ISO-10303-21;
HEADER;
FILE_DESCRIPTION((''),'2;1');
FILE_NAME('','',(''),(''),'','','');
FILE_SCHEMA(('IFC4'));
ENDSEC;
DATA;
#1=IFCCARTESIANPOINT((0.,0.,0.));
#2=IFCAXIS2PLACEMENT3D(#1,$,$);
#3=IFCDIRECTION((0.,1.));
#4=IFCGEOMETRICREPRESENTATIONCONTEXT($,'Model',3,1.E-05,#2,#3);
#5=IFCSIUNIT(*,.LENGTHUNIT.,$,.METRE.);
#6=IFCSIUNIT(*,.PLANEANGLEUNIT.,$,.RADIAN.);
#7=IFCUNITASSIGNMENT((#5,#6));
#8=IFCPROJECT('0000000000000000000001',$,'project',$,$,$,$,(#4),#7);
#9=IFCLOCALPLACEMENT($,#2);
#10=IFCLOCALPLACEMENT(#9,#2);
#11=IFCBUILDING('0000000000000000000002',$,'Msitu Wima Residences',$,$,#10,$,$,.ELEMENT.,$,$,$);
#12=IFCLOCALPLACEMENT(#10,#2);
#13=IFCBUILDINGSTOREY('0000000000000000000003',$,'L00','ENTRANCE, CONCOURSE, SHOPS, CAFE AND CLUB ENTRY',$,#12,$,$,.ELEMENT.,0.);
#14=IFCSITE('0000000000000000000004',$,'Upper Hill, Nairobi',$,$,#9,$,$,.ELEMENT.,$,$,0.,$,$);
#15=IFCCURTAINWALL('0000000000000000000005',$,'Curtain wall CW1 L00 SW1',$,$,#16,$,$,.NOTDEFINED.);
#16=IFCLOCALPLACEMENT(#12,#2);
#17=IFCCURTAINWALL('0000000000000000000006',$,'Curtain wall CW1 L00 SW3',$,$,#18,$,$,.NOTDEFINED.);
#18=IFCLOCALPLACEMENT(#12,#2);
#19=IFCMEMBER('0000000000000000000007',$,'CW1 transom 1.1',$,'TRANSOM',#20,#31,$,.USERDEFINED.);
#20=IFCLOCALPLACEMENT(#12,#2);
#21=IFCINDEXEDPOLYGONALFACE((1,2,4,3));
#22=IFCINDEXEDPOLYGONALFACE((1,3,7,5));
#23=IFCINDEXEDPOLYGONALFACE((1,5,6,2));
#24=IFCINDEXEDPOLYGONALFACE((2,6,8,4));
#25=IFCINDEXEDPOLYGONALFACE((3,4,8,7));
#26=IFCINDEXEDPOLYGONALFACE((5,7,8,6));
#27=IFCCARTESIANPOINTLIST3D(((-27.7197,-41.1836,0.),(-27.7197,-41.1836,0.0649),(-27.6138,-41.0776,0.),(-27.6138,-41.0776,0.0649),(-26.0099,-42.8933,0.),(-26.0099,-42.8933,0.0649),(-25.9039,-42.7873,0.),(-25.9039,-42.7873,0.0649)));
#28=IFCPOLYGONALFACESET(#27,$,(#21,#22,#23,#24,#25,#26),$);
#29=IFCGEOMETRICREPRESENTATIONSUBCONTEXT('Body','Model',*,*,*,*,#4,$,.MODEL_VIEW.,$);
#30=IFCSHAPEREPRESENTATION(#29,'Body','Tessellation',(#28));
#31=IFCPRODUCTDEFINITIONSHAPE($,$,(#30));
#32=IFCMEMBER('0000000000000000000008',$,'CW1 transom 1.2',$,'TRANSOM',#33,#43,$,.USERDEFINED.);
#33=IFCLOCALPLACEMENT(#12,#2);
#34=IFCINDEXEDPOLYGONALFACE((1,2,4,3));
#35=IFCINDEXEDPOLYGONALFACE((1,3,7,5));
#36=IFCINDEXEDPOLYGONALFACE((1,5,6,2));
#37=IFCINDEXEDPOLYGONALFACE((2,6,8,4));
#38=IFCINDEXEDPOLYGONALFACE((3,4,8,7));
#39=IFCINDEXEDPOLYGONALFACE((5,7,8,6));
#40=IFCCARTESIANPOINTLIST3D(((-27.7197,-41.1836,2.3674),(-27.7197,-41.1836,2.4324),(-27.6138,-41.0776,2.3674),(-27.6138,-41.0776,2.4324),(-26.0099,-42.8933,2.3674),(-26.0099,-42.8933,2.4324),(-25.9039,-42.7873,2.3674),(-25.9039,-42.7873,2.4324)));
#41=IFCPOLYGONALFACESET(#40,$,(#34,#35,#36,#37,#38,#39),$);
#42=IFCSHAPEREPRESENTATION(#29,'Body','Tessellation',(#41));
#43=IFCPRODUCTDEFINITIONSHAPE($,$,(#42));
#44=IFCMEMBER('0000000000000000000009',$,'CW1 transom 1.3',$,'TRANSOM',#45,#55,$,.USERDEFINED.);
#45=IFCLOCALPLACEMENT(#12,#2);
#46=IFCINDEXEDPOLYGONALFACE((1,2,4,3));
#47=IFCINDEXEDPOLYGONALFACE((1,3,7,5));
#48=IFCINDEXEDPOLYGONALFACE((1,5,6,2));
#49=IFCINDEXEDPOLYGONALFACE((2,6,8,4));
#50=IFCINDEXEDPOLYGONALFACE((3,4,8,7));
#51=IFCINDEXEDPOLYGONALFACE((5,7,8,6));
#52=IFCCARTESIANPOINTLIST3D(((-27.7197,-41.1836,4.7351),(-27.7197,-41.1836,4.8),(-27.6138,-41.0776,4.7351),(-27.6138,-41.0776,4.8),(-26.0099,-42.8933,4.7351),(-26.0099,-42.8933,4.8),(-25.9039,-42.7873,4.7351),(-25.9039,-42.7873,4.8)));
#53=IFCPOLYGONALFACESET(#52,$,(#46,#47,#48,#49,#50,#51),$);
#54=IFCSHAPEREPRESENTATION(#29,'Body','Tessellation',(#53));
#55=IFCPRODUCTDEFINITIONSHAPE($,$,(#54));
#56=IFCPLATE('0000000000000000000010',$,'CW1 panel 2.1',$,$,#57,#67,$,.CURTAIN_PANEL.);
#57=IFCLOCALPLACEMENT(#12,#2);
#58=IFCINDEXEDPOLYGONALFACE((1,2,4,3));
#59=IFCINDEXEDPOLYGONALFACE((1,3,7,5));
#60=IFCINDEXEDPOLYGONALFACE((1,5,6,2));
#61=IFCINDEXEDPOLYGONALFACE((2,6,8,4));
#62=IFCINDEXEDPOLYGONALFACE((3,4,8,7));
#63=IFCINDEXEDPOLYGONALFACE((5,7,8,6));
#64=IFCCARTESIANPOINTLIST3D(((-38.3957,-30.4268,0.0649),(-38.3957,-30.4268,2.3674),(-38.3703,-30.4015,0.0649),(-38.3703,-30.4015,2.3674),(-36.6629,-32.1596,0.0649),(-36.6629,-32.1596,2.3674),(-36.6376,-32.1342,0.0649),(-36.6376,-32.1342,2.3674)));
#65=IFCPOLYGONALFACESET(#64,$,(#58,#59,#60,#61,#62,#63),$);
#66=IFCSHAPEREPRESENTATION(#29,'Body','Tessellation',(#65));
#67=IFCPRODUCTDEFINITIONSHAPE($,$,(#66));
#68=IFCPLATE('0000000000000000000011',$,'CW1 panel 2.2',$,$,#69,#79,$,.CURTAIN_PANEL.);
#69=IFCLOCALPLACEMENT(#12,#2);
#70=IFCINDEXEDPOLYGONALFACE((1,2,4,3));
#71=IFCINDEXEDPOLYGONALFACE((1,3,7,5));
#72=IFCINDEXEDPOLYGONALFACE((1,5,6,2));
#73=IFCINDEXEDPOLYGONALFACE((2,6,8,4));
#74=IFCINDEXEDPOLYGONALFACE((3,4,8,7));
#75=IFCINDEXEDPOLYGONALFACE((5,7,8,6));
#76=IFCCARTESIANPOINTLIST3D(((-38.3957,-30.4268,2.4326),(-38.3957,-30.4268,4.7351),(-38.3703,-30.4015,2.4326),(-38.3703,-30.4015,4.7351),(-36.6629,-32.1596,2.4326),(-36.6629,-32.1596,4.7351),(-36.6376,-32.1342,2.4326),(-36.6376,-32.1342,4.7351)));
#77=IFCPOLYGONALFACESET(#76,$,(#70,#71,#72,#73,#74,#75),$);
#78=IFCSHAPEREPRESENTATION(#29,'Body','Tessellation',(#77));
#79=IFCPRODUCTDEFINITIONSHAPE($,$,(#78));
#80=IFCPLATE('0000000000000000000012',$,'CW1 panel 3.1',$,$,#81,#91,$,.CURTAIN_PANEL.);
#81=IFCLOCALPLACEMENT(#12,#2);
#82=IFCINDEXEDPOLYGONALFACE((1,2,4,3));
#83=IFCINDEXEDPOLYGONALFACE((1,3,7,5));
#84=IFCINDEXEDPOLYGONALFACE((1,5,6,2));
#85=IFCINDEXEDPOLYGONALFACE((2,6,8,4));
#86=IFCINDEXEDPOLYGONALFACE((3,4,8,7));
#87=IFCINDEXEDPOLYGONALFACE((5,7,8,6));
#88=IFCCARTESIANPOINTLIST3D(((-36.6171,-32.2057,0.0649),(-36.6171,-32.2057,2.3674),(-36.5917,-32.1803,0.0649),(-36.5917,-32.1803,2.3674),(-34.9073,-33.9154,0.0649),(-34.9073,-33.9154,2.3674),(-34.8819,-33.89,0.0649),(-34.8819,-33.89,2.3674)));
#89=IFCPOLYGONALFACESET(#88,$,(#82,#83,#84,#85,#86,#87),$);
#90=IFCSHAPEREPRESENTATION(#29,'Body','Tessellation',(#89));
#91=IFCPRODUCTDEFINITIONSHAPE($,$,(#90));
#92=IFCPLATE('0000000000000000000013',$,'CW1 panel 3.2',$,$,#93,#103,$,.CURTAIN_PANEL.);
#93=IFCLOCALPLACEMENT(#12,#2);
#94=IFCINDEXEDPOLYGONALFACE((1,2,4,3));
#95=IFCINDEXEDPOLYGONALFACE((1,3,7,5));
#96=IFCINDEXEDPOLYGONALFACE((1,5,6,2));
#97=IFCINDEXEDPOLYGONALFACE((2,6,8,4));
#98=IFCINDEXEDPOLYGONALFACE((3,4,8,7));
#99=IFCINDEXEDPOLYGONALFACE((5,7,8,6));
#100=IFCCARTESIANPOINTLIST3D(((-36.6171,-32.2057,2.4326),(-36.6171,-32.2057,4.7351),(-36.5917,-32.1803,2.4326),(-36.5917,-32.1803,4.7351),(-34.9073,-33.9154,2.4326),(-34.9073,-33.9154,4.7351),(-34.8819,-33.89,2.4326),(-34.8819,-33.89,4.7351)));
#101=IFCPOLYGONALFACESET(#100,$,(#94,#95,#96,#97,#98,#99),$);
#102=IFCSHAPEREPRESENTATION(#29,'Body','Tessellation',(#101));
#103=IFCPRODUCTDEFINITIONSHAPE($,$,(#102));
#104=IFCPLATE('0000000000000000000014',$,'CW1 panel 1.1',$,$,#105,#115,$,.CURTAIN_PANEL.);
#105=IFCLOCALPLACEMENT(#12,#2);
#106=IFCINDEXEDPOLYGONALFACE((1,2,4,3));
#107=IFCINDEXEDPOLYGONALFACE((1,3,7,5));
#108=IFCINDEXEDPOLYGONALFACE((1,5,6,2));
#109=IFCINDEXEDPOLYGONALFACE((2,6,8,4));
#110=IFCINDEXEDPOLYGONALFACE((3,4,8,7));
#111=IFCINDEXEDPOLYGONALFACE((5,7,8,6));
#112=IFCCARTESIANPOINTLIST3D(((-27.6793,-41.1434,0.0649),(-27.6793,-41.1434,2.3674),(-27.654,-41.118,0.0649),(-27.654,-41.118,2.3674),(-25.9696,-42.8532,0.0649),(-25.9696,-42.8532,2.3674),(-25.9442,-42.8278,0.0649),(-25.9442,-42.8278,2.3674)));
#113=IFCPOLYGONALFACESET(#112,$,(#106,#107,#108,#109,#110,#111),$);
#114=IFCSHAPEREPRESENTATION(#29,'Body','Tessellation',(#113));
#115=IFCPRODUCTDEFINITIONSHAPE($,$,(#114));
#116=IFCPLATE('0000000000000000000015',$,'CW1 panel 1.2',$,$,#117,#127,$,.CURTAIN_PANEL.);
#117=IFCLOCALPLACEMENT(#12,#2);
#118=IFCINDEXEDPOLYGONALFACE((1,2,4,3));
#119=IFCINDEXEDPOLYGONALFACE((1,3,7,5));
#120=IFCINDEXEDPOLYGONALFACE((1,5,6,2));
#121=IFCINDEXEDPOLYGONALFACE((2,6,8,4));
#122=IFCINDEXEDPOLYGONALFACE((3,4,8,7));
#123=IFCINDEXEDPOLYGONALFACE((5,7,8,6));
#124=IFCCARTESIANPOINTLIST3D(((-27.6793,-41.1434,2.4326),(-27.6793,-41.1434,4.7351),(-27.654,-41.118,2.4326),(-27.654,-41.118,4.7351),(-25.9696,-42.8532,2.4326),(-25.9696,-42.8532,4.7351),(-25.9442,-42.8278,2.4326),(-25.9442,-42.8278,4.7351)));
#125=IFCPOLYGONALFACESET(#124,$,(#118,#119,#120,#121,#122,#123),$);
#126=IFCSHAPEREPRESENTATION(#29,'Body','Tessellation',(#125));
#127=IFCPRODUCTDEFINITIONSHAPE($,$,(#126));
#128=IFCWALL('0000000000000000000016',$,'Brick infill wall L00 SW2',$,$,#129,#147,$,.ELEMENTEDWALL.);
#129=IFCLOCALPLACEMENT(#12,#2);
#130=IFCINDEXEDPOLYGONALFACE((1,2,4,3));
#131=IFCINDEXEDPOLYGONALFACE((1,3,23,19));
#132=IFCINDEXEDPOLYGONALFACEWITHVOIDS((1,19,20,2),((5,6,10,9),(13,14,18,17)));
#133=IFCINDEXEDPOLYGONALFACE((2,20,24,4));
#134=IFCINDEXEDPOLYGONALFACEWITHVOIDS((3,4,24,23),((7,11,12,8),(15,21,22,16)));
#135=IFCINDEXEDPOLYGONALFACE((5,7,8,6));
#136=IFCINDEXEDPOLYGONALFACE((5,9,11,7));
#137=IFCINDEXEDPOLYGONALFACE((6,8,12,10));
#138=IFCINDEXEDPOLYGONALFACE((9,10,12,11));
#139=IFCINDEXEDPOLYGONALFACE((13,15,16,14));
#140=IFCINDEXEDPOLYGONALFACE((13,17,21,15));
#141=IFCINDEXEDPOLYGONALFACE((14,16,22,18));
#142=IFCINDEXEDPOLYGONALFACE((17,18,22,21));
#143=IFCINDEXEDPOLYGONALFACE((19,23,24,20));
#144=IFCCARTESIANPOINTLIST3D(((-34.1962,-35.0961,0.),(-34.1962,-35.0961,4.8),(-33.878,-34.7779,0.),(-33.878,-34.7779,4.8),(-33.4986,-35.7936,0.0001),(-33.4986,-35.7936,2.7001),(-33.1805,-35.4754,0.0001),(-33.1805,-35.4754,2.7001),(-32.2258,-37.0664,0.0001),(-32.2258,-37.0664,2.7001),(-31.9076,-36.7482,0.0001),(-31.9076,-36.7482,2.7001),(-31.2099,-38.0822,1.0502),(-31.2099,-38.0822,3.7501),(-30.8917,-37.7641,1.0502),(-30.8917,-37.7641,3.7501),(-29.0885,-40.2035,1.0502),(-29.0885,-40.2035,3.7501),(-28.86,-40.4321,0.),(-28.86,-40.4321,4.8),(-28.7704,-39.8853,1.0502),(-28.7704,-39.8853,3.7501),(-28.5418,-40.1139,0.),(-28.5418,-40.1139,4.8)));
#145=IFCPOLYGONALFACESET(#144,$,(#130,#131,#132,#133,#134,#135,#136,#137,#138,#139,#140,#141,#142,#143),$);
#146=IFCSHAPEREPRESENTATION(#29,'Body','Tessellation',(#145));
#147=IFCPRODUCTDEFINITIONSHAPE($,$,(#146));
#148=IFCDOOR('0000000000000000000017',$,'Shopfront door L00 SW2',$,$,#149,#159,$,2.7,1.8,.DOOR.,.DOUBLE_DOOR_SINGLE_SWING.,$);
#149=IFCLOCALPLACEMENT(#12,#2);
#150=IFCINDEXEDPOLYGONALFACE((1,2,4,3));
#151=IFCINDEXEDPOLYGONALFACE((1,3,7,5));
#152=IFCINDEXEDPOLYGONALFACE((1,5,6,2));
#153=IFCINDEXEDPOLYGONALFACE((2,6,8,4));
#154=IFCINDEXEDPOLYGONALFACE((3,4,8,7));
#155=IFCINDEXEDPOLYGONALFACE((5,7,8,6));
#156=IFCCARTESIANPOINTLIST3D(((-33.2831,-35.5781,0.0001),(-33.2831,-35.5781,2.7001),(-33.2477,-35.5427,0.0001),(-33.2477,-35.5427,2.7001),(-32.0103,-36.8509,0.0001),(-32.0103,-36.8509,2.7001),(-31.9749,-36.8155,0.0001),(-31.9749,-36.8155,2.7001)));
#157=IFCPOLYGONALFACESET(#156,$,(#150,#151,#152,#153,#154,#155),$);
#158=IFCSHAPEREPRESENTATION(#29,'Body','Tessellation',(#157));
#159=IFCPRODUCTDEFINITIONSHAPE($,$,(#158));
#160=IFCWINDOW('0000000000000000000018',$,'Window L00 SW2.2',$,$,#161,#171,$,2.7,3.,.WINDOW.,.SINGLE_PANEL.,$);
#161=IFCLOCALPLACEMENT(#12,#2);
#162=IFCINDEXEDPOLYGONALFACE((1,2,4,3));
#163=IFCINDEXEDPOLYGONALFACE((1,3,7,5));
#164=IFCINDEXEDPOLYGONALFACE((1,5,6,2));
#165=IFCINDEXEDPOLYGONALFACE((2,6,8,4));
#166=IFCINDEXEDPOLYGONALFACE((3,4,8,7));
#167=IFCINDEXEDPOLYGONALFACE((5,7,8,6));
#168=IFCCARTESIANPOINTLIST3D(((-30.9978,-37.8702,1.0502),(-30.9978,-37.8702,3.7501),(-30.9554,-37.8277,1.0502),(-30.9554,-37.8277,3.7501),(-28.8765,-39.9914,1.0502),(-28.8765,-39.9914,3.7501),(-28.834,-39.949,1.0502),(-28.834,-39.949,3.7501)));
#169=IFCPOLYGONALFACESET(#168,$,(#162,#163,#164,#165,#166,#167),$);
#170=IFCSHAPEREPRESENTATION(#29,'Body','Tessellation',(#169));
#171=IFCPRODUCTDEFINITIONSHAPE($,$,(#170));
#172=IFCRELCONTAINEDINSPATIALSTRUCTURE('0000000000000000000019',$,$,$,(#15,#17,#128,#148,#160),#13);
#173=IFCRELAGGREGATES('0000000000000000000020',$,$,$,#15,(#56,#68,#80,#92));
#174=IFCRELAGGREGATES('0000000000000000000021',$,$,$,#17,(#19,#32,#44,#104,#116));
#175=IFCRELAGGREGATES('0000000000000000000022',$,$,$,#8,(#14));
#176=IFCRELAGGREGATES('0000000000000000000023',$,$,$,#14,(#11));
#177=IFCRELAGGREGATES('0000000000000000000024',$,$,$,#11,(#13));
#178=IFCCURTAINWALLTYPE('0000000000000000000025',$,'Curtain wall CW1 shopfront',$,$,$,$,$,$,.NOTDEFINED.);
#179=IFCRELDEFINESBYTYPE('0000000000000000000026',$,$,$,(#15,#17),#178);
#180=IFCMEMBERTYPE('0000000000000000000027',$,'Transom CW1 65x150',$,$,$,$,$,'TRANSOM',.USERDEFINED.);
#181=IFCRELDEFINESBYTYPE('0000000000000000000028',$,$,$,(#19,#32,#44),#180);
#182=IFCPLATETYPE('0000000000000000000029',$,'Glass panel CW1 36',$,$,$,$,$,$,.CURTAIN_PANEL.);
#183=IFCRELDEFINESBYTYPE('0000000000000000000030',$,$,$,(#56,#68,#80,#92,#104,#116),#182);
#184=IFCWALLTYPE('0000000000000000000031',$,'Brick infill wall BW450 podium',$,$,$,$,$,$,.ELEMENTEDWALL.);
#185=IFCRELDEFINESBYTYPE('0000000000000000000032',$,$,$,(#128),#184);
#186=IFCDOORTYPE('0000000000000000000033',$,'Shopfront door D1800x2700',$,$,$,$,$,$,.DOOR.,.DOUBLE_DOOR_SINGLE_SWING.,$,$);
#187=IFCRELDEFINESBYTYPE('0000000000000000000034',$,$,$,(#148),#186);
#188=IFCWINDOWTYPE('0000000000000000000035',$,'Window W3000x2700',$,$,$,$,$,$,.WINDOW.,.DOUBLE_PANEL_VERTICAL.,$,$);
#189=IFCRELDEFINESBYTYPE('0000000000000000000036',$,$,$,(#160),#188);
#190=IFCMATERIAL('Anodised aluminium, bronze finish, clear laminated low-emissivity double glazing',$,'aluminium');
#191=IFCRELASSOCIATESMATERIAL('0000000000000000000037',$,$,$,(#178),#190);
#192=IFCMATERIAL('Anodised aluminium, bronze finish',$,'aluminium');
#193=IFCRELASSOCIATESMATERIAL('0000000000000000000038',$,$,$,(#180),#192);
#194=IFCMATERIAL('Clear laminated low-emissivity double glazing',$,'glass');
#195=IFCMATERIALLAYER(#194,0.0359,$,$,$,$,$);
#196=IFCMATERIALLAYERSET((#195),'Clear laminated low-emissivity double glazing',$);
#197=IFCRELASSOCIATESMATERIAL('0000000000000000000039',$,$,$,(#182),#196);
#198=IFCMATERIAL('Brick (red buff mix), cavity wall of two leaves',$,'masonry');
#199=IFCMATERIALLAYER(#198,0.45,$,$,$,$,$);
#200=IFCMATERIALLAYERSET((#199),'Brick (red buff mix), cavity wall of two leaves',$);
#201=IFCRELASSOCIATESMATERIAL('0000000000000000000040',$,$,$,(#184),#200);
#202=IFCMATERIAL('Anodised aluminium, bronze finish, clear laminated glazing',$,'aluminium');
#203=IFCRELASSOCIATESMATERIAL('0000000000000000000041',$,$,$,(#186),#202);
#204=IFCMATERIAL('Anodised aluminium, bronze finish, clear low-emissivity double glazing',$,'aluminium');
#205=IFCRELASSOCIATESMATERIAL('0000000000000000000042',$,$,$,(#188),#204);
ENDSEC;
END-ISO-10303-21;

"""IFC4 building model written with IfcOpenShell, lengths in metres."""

from ifc_helpers import new_model, si_unit, direction, frame, frame_2d, origin, origin_2d, place, context, subcontext, project, spatial, rectangle, extrude, material, layer, layer_set, material_profile, profile_set, type_object, element, fill, aggregate, save


model = new_model("IFC4")

# Units and contexts
model_context = context("Model", 3, precision=1e-05, world=origin(), true_north=direction((0.0, 1.0)))
body_context = subcontext(model_context, "Body", "Model", "MODEL_VIEW")
ifc_project = project(units=[si_unit("LENGTHUNIT", "METRE"), si_unit("PLANEANGLEUNIT", "RADIAN")], contexts=[model_context])

# Site, building, storey
site_placement = place(None, origin())
site = spatial("IfcSite", under=ifc_project, at=site_placement, Name="Upper Hill, Nairobi", CompositionType="ELEMENT", RefElevation=0.0)
building_placement = place(site_placement, origin())
building = spatial("IfcBuilding", under=site, at=building_placement, Name="Msitu Wima Residences", CompositionType="ELEMENT")
storey_placement = place(building_placement, origin())
storey = spatial("IfcBuildingStorey", under=building, at=storey_placement, Name="L00", Description="ENTRANCE, CONCOURSE, SHOPS, CAFE AND CLUB ENTRY", CompositionType="ELEMENT", Elevation=0.0)

# Curtain wall
ifc_material_1 = material(Name="Anodised aluminium, bronze finish, clear laminated low-emissivity double glazing", Category="aluminium")
curtain_wall_type = type_object("IfcCurtainWallType", Name="Curtain wall CW1 shopfront", PredefinedType="NOTDEFINED", material=ifc_material_1)
curtain_wall_1_placement = place(storey_placement, origin())
curtain_wall_1 = element("IfcCurtainWall", 1, at=curtain_wall_1_placement, inside=storey, type_object=curtain_wall_type, Name="Curtain wall CW1 L00 SW1", PredefinedType="NOTDEFINED")
ifc_material_2 = material(Name="Anodised aluminium, bronze finish", Category="aluminium")

# Curtain wall
curtain_wall_2_placement = place(storey_placement, origin())
curtain_wall_2 = element("IfcCurtainWall", 2, at=curtain_wall_2_placement, inside=storey, type_object=curtain_wall_type, Name="Curtain wall CW1 L00 SW3", PredefinedType="NOTDEFINED")

# Members
ifc_material_profile_1 = material_profile(ifc_material_2, rectangle(XDim=0.1499, YDim=0.0649, at=origin_2d()), Name="Transom 65x150")
ifc_profile_set_1 = profile_set([ifc_material_profile_1], Name="Anodised aluminium, bronze finish")
member_type_1 = type_object("IfcMemberType", Name="Transom CW1 65x150", ElementType="TRANSOM", PredefinedType="USERDEFINED", material=ifc_profile_set_1)
member_1_placement = place(storey_placement, frame((-27.6667, -41.1306, 0.0325), z_axis=(0.707157, -0.707056, 0.0), x_axis=(0.707056, 0.707157, 0.0)))
member_1 = element("IfcMember", 3, at=member_1_placement, type_object=member_type_1, Name="CW1 transom 1.1", ObjectType="TRANSOM", PredefinedType="USERDEFINED", context=body_context, shape_type="SweptSolid", body=[
    extrude(rectangle(XDim=0.1499, YDim=0.0649, at=origin_2d()), origin(), (0.0, 0.0, 1.0), 2.418),
])
member_2_placement = place(storey_placement, frame((-27.6667, -41.1306, 2.3999), z_axis=(0.707157, -0.707056, 0.0), x_axis=(0.707056, 0.707157, 0.0)))
member_2 = element("IfcMember", 4, at=member_2_placement, type_object=member_type_1, Name="CW1 transom 1.2", ObjectType="TRANSOM", PredefinedType="USERDEFINED", context=body_context, shape_type="SweptSolid", body=[
    extrude(rectangle(XDim=0.1499, YDim=0.0649, at=origin_2d()), origin(), (0.0, 0.0, 1.0), 2.418),
])
member_3_placement = place(storey_placement, frame((-27.6667, -41.1306, 4.7676), z_axis=(0.707157, -0.707056, 0.0), x_axis=(0.707056, 0.707157, 0.0)))
member_3 = element("IfcMember", 5, at=member_3_placement, type_object=member_type_1, Name="CW1 transom 1.3", ObjectType="TRANSOM", PredefinedType="USERDEFINED", context=body_context, shape_type="SweptSolid", body=[
    extrude(rectangle(XDim=0.1499, YDim=0.0649, at=origin_2d()), origin(), (0.0, 0.0, 1.0), 2.418),
])

# Plates
ifc_material_3 = material(Name="Clear laminated low-emissivity double glazing", Category="glass")
ifc_layer_1 = layer(ifc_material_3, 0.0359)
ifc_layer_set_1 = layer_set([ifc_layer_1], Name="Clear laminated low-emissivity double glazing")
plate_type = type_object("IfcPlateType", Name="Glass panel CW1 36", PredefinedType="CURTAIN_PANEL", material=ifc_layer_set_1)
plate_1_placement = place(storey_placement, frame((-37.5166, -31.2805, 0.0649), z_axis=(0.0, 0.0, 1.0), x_axis=(0.707107, -0.707107, 0.0)))
plate_1 = element("IfcPlate", 6, at=plate_1_placement, type_object=plate_type, Name="CW1 panel 2.1", PredefinedType="CURTAIN_PANEL", context=body_context, shape_type="SweptSolid", body=[
    extrude(rectangle(XDim=2.4504, YDim=0.0359, at=origin_2d()), origin(), (0.0, 0.0, 1.0), 2.3025),
])
plate_2_placement = place(storey_placement, frame((-37.5166, -31.2805, 2.4326), z_axis=(0.0, 0.0, 1.0), x_axis=(0.707107, -0.707107, 0.0)))
plate_2 = element("IfcPlate", 7, at=plate_2_placement, type_object=plate_type, Name="CW1 panel 2.2", PredefinedType="CURTAIN_PANEL", context=body_context, shape_type="SweptSolid", body=[
    extrude(rectangle(XDim=2.4504, YDim=0.0359, at=origin_2d()), origin(), (0.0, 0.0, 1.0), 2.3025),
])
plate_3_placement = place(storey_placement, frame((-35.7495, -33.0479, 0.0649), z_axis=(0.0, 0.0, 1.0), x_axis=(0.707107, -0.707107, 0.0)))
plate_3 = element("IfcPlate", 8, at=plate_3_placement, type_object=plate_type, Name="CW1 panel 3.1", PredefinedType="CURTAIN_PANEL", context=body_context, shape_type="SweptSolid", body=[
    extrude(rectangle(XDim=2.418, YDim=0.0359, at=origin_2d()), origin(), (0.0, 0.0, 1.0), 2.3025),
])
plate_4_placement = place(storey_placement, frame((-35.7495, -33.0479, 2.4326), z_axis=(0.0, 0.0, 1.0), x_axis=(0.707107, -0.707107, 0.0)))
plate_4 = element("IfcPlate", 9, at=plate_4_placement, type_object=plate_type, Name="CW1 panel 3.2", PredefinedType="CURTAIN_PANEL", context=body_context, shape_type="SweptSolid", body=[
    extrude(rectangle(XDim=2.418, YDim=0.0359, at=origin_2d()), origin(), (0.0, 0.0, 1.0), 2.3025),
])
aggregate(curtain_wall_1, [plate_1, plate_2, plate_3, plate_4])
plate_5_placement = place(storey_placement, frame((-26.8118, -41.9856, 0.0649), z_axis=(0.0, 0.0, 1.0), x_axis=(0.707107, -0.707107, 0.0)))
plate_5 = element("IfcPlate", 10, at=plate_5_placement, type_object=plate_type, Name="CW1 panel 1.1", PredefinedType="CURTAIN_PANEL", context=body_context, shape_type="SweptSolid", body=[
    extrude(rectangle(XDim=2.418, YDim=0.0359, at=origin_2d()), origin(), (0.0, 0.0, 1.0), 2.3025),
])
plate_6_placement = place(storey_placement, frame((-26.8118, -41.9856, 2.4326), z_axis=(0.0, 0.0, 1.0), x_axis=(0.707107, -0.707107, 0.0)))
plate_6 = element("IfcPlate", 11, at=plate_6_placement, type_object=plate_type, Name="CW1 panel 1.2", PredefinedType="CURTAIN_PANEL", context=body_context, shape_type="SweptSolid", body=[
    extrude(rectangle(XDim=2.418, YDim=0.0359, at=origin_2d()), origin(), (0.0, 0.0, 1.0), 2.3025),
])
aggregate(curtain_wall_2, [member_1, member_2, member_3, plate_5, plate_6])

# Wall, openings, door, window
ifc_material_4 = material(Name="Brick (red buff mix), cavity wall of two leaves", Category="masonry")
ifc_layer_2 = layer(ifc_material_4, 0.45)
ifc_layer_set_2 = layer_set([ifc_layer_2], Name="Brick (red buff mix), cavity wall of two leaves")
wall_type_1 = type_object("IfcWallType", Name="Brick infill wall BW450 podium", PredefinedType="ELEMENTEDWALL", material=ifc_layer_set_2)
wall_1_placement = place(storey_placement, frame((-34.0371, -34.937, 0.0), z_axis=(0.0, 0.0, 1.0), x_axis=(0.707123, -0.707091, 0.0)))
wall_1 = element("IfcWall", 12, at=wall_1_placement, inside=storey, type_object=wall_type_1, Name="Brick infill wall L00 SW2", PredefinedType="ELEMENTEDWALL", context=body_context, shape_type="SweptSolid", body=[
    extrude(rectangle(XDim=7.5464, YDim=0.45, at=frame_2d((3.7732, 0.0))), origin(), (0.0, 0.0, 1.0), 4.8),
])
opening_1_placement = place(wall_1_placement, frame((0.9866, 0.0, 0.0)))
opening_1 = element("IfcOpeningElement", 13, at=opening_1_placement, cuts=wall_1, PredefinedType="OPENING", context=body_context, shape_type="SweptSolid", body=[
    extrude(rectangle(XDim=1.8, YDim=2.7, at=frame_2d((0.8999, 1.3501))), frame((0.0, 0.2349, 0.0), z_axis=(0.0, -1.0, 0.0), x_axis=(1.0, 0.0, 0.0)), (0.0, 0.0, 1.0), 0.47),
])
opening_2_placement = place(wall_1_placement, frame((4.2231, 0.0, 1.05)))
opening_2 = element("IfcOpeningElement", 14, at=opening_2_placement, cuts=wall_1, PredefinedType="OPENING", context=body_context, shape_type="SweptSolid", body=[
    extrude(rectangle(XDim=3.0, YDim=2.7, at=frame_2d((1.5, 1.3501))), frame((0.0, 0.2349, 0.0), z_axis=(0.0, -1.0, 0.0), x_axis=(1.0, 0.0, 0.0)), (0.0, 0.0, 1.0), 0.47),
])
ifc_material_5 = material(Name="Anodised aluminium, bronze finish, clear laminated glazing", Category="aluminium")
door_type = type_object("IfcDoorType", Name="Shopfront door D1800x2700", OperationType="DOUBLE_DOOR_SINGLE_SWING", PredefinedType="DOOR", material=ifc_material_5)
door_placement = place(opening_1_placement, frame((1.8, 0.0, 0.0), z_axis=(0.0, 0.0, 1.0), x_axis=(-1.0, 0.0, 0.0)))
door = element("IfcDoor", 15, at=door_placement, inside=storey, type_object=door_type, Name="Shopfront door L00 SW2", OperationType="DOUBLE_DOOR_SINGLE_SWING", OverallHeight=2.7, OverallWidth=1.8, PredefinedType="DOOR", context=body_context, shape_type="SweptSolid", body=[
    extrude(rectangle(XDim=1.8, YDim=2.7, at=frame_2d((0.9001, 1.3501))), frame((0.0, -0.0798, 0.0), z_axis=(0.0, -1.0, 0.0), x_axis=(1.0, 0.0, 0.0)), (0.0, 0.0, 1.0), 0.05),
])
fill(opening_1, door)
ifc_material_6 = material(Name="Anodised aluminium, bronze finish, clear low-emissivity double glazing", Category="aluminium")
window_type = type_object("IfcWindowType", Name="Window W3000x2700", PartitioningType="DOUBLE_PANEL_VERTICAL", PredefinedType="WINDOW", material=ifc_material_6)
window_placement = place(opening_2_placement, origin())
window = element("IfcWindow", 16, at=window_placement, inside=storey, type_object=window_type, Name="Window L00 SW2.2", OverallHeight=2.7, OverallWidth=3.0, PartitioningType="SINGLE_PANEL", PredefinedType="WINDOW", context=body_context, shape_type="SweptSolid", body=[
    extrude(rectangle(XDim=3.0, YDim=2.7, at=frame_2d((1.5, 1.3501))), frame((0.0, 0.135, 0.0), z_axis=(0.0, -1.0, 0.0), x_axis=(1.0, 0.0, 0.0)), (0.0, 0.0, 1.0), 0.0601),
])
fill(opening_2, window)

save(model, "model.ifc")
